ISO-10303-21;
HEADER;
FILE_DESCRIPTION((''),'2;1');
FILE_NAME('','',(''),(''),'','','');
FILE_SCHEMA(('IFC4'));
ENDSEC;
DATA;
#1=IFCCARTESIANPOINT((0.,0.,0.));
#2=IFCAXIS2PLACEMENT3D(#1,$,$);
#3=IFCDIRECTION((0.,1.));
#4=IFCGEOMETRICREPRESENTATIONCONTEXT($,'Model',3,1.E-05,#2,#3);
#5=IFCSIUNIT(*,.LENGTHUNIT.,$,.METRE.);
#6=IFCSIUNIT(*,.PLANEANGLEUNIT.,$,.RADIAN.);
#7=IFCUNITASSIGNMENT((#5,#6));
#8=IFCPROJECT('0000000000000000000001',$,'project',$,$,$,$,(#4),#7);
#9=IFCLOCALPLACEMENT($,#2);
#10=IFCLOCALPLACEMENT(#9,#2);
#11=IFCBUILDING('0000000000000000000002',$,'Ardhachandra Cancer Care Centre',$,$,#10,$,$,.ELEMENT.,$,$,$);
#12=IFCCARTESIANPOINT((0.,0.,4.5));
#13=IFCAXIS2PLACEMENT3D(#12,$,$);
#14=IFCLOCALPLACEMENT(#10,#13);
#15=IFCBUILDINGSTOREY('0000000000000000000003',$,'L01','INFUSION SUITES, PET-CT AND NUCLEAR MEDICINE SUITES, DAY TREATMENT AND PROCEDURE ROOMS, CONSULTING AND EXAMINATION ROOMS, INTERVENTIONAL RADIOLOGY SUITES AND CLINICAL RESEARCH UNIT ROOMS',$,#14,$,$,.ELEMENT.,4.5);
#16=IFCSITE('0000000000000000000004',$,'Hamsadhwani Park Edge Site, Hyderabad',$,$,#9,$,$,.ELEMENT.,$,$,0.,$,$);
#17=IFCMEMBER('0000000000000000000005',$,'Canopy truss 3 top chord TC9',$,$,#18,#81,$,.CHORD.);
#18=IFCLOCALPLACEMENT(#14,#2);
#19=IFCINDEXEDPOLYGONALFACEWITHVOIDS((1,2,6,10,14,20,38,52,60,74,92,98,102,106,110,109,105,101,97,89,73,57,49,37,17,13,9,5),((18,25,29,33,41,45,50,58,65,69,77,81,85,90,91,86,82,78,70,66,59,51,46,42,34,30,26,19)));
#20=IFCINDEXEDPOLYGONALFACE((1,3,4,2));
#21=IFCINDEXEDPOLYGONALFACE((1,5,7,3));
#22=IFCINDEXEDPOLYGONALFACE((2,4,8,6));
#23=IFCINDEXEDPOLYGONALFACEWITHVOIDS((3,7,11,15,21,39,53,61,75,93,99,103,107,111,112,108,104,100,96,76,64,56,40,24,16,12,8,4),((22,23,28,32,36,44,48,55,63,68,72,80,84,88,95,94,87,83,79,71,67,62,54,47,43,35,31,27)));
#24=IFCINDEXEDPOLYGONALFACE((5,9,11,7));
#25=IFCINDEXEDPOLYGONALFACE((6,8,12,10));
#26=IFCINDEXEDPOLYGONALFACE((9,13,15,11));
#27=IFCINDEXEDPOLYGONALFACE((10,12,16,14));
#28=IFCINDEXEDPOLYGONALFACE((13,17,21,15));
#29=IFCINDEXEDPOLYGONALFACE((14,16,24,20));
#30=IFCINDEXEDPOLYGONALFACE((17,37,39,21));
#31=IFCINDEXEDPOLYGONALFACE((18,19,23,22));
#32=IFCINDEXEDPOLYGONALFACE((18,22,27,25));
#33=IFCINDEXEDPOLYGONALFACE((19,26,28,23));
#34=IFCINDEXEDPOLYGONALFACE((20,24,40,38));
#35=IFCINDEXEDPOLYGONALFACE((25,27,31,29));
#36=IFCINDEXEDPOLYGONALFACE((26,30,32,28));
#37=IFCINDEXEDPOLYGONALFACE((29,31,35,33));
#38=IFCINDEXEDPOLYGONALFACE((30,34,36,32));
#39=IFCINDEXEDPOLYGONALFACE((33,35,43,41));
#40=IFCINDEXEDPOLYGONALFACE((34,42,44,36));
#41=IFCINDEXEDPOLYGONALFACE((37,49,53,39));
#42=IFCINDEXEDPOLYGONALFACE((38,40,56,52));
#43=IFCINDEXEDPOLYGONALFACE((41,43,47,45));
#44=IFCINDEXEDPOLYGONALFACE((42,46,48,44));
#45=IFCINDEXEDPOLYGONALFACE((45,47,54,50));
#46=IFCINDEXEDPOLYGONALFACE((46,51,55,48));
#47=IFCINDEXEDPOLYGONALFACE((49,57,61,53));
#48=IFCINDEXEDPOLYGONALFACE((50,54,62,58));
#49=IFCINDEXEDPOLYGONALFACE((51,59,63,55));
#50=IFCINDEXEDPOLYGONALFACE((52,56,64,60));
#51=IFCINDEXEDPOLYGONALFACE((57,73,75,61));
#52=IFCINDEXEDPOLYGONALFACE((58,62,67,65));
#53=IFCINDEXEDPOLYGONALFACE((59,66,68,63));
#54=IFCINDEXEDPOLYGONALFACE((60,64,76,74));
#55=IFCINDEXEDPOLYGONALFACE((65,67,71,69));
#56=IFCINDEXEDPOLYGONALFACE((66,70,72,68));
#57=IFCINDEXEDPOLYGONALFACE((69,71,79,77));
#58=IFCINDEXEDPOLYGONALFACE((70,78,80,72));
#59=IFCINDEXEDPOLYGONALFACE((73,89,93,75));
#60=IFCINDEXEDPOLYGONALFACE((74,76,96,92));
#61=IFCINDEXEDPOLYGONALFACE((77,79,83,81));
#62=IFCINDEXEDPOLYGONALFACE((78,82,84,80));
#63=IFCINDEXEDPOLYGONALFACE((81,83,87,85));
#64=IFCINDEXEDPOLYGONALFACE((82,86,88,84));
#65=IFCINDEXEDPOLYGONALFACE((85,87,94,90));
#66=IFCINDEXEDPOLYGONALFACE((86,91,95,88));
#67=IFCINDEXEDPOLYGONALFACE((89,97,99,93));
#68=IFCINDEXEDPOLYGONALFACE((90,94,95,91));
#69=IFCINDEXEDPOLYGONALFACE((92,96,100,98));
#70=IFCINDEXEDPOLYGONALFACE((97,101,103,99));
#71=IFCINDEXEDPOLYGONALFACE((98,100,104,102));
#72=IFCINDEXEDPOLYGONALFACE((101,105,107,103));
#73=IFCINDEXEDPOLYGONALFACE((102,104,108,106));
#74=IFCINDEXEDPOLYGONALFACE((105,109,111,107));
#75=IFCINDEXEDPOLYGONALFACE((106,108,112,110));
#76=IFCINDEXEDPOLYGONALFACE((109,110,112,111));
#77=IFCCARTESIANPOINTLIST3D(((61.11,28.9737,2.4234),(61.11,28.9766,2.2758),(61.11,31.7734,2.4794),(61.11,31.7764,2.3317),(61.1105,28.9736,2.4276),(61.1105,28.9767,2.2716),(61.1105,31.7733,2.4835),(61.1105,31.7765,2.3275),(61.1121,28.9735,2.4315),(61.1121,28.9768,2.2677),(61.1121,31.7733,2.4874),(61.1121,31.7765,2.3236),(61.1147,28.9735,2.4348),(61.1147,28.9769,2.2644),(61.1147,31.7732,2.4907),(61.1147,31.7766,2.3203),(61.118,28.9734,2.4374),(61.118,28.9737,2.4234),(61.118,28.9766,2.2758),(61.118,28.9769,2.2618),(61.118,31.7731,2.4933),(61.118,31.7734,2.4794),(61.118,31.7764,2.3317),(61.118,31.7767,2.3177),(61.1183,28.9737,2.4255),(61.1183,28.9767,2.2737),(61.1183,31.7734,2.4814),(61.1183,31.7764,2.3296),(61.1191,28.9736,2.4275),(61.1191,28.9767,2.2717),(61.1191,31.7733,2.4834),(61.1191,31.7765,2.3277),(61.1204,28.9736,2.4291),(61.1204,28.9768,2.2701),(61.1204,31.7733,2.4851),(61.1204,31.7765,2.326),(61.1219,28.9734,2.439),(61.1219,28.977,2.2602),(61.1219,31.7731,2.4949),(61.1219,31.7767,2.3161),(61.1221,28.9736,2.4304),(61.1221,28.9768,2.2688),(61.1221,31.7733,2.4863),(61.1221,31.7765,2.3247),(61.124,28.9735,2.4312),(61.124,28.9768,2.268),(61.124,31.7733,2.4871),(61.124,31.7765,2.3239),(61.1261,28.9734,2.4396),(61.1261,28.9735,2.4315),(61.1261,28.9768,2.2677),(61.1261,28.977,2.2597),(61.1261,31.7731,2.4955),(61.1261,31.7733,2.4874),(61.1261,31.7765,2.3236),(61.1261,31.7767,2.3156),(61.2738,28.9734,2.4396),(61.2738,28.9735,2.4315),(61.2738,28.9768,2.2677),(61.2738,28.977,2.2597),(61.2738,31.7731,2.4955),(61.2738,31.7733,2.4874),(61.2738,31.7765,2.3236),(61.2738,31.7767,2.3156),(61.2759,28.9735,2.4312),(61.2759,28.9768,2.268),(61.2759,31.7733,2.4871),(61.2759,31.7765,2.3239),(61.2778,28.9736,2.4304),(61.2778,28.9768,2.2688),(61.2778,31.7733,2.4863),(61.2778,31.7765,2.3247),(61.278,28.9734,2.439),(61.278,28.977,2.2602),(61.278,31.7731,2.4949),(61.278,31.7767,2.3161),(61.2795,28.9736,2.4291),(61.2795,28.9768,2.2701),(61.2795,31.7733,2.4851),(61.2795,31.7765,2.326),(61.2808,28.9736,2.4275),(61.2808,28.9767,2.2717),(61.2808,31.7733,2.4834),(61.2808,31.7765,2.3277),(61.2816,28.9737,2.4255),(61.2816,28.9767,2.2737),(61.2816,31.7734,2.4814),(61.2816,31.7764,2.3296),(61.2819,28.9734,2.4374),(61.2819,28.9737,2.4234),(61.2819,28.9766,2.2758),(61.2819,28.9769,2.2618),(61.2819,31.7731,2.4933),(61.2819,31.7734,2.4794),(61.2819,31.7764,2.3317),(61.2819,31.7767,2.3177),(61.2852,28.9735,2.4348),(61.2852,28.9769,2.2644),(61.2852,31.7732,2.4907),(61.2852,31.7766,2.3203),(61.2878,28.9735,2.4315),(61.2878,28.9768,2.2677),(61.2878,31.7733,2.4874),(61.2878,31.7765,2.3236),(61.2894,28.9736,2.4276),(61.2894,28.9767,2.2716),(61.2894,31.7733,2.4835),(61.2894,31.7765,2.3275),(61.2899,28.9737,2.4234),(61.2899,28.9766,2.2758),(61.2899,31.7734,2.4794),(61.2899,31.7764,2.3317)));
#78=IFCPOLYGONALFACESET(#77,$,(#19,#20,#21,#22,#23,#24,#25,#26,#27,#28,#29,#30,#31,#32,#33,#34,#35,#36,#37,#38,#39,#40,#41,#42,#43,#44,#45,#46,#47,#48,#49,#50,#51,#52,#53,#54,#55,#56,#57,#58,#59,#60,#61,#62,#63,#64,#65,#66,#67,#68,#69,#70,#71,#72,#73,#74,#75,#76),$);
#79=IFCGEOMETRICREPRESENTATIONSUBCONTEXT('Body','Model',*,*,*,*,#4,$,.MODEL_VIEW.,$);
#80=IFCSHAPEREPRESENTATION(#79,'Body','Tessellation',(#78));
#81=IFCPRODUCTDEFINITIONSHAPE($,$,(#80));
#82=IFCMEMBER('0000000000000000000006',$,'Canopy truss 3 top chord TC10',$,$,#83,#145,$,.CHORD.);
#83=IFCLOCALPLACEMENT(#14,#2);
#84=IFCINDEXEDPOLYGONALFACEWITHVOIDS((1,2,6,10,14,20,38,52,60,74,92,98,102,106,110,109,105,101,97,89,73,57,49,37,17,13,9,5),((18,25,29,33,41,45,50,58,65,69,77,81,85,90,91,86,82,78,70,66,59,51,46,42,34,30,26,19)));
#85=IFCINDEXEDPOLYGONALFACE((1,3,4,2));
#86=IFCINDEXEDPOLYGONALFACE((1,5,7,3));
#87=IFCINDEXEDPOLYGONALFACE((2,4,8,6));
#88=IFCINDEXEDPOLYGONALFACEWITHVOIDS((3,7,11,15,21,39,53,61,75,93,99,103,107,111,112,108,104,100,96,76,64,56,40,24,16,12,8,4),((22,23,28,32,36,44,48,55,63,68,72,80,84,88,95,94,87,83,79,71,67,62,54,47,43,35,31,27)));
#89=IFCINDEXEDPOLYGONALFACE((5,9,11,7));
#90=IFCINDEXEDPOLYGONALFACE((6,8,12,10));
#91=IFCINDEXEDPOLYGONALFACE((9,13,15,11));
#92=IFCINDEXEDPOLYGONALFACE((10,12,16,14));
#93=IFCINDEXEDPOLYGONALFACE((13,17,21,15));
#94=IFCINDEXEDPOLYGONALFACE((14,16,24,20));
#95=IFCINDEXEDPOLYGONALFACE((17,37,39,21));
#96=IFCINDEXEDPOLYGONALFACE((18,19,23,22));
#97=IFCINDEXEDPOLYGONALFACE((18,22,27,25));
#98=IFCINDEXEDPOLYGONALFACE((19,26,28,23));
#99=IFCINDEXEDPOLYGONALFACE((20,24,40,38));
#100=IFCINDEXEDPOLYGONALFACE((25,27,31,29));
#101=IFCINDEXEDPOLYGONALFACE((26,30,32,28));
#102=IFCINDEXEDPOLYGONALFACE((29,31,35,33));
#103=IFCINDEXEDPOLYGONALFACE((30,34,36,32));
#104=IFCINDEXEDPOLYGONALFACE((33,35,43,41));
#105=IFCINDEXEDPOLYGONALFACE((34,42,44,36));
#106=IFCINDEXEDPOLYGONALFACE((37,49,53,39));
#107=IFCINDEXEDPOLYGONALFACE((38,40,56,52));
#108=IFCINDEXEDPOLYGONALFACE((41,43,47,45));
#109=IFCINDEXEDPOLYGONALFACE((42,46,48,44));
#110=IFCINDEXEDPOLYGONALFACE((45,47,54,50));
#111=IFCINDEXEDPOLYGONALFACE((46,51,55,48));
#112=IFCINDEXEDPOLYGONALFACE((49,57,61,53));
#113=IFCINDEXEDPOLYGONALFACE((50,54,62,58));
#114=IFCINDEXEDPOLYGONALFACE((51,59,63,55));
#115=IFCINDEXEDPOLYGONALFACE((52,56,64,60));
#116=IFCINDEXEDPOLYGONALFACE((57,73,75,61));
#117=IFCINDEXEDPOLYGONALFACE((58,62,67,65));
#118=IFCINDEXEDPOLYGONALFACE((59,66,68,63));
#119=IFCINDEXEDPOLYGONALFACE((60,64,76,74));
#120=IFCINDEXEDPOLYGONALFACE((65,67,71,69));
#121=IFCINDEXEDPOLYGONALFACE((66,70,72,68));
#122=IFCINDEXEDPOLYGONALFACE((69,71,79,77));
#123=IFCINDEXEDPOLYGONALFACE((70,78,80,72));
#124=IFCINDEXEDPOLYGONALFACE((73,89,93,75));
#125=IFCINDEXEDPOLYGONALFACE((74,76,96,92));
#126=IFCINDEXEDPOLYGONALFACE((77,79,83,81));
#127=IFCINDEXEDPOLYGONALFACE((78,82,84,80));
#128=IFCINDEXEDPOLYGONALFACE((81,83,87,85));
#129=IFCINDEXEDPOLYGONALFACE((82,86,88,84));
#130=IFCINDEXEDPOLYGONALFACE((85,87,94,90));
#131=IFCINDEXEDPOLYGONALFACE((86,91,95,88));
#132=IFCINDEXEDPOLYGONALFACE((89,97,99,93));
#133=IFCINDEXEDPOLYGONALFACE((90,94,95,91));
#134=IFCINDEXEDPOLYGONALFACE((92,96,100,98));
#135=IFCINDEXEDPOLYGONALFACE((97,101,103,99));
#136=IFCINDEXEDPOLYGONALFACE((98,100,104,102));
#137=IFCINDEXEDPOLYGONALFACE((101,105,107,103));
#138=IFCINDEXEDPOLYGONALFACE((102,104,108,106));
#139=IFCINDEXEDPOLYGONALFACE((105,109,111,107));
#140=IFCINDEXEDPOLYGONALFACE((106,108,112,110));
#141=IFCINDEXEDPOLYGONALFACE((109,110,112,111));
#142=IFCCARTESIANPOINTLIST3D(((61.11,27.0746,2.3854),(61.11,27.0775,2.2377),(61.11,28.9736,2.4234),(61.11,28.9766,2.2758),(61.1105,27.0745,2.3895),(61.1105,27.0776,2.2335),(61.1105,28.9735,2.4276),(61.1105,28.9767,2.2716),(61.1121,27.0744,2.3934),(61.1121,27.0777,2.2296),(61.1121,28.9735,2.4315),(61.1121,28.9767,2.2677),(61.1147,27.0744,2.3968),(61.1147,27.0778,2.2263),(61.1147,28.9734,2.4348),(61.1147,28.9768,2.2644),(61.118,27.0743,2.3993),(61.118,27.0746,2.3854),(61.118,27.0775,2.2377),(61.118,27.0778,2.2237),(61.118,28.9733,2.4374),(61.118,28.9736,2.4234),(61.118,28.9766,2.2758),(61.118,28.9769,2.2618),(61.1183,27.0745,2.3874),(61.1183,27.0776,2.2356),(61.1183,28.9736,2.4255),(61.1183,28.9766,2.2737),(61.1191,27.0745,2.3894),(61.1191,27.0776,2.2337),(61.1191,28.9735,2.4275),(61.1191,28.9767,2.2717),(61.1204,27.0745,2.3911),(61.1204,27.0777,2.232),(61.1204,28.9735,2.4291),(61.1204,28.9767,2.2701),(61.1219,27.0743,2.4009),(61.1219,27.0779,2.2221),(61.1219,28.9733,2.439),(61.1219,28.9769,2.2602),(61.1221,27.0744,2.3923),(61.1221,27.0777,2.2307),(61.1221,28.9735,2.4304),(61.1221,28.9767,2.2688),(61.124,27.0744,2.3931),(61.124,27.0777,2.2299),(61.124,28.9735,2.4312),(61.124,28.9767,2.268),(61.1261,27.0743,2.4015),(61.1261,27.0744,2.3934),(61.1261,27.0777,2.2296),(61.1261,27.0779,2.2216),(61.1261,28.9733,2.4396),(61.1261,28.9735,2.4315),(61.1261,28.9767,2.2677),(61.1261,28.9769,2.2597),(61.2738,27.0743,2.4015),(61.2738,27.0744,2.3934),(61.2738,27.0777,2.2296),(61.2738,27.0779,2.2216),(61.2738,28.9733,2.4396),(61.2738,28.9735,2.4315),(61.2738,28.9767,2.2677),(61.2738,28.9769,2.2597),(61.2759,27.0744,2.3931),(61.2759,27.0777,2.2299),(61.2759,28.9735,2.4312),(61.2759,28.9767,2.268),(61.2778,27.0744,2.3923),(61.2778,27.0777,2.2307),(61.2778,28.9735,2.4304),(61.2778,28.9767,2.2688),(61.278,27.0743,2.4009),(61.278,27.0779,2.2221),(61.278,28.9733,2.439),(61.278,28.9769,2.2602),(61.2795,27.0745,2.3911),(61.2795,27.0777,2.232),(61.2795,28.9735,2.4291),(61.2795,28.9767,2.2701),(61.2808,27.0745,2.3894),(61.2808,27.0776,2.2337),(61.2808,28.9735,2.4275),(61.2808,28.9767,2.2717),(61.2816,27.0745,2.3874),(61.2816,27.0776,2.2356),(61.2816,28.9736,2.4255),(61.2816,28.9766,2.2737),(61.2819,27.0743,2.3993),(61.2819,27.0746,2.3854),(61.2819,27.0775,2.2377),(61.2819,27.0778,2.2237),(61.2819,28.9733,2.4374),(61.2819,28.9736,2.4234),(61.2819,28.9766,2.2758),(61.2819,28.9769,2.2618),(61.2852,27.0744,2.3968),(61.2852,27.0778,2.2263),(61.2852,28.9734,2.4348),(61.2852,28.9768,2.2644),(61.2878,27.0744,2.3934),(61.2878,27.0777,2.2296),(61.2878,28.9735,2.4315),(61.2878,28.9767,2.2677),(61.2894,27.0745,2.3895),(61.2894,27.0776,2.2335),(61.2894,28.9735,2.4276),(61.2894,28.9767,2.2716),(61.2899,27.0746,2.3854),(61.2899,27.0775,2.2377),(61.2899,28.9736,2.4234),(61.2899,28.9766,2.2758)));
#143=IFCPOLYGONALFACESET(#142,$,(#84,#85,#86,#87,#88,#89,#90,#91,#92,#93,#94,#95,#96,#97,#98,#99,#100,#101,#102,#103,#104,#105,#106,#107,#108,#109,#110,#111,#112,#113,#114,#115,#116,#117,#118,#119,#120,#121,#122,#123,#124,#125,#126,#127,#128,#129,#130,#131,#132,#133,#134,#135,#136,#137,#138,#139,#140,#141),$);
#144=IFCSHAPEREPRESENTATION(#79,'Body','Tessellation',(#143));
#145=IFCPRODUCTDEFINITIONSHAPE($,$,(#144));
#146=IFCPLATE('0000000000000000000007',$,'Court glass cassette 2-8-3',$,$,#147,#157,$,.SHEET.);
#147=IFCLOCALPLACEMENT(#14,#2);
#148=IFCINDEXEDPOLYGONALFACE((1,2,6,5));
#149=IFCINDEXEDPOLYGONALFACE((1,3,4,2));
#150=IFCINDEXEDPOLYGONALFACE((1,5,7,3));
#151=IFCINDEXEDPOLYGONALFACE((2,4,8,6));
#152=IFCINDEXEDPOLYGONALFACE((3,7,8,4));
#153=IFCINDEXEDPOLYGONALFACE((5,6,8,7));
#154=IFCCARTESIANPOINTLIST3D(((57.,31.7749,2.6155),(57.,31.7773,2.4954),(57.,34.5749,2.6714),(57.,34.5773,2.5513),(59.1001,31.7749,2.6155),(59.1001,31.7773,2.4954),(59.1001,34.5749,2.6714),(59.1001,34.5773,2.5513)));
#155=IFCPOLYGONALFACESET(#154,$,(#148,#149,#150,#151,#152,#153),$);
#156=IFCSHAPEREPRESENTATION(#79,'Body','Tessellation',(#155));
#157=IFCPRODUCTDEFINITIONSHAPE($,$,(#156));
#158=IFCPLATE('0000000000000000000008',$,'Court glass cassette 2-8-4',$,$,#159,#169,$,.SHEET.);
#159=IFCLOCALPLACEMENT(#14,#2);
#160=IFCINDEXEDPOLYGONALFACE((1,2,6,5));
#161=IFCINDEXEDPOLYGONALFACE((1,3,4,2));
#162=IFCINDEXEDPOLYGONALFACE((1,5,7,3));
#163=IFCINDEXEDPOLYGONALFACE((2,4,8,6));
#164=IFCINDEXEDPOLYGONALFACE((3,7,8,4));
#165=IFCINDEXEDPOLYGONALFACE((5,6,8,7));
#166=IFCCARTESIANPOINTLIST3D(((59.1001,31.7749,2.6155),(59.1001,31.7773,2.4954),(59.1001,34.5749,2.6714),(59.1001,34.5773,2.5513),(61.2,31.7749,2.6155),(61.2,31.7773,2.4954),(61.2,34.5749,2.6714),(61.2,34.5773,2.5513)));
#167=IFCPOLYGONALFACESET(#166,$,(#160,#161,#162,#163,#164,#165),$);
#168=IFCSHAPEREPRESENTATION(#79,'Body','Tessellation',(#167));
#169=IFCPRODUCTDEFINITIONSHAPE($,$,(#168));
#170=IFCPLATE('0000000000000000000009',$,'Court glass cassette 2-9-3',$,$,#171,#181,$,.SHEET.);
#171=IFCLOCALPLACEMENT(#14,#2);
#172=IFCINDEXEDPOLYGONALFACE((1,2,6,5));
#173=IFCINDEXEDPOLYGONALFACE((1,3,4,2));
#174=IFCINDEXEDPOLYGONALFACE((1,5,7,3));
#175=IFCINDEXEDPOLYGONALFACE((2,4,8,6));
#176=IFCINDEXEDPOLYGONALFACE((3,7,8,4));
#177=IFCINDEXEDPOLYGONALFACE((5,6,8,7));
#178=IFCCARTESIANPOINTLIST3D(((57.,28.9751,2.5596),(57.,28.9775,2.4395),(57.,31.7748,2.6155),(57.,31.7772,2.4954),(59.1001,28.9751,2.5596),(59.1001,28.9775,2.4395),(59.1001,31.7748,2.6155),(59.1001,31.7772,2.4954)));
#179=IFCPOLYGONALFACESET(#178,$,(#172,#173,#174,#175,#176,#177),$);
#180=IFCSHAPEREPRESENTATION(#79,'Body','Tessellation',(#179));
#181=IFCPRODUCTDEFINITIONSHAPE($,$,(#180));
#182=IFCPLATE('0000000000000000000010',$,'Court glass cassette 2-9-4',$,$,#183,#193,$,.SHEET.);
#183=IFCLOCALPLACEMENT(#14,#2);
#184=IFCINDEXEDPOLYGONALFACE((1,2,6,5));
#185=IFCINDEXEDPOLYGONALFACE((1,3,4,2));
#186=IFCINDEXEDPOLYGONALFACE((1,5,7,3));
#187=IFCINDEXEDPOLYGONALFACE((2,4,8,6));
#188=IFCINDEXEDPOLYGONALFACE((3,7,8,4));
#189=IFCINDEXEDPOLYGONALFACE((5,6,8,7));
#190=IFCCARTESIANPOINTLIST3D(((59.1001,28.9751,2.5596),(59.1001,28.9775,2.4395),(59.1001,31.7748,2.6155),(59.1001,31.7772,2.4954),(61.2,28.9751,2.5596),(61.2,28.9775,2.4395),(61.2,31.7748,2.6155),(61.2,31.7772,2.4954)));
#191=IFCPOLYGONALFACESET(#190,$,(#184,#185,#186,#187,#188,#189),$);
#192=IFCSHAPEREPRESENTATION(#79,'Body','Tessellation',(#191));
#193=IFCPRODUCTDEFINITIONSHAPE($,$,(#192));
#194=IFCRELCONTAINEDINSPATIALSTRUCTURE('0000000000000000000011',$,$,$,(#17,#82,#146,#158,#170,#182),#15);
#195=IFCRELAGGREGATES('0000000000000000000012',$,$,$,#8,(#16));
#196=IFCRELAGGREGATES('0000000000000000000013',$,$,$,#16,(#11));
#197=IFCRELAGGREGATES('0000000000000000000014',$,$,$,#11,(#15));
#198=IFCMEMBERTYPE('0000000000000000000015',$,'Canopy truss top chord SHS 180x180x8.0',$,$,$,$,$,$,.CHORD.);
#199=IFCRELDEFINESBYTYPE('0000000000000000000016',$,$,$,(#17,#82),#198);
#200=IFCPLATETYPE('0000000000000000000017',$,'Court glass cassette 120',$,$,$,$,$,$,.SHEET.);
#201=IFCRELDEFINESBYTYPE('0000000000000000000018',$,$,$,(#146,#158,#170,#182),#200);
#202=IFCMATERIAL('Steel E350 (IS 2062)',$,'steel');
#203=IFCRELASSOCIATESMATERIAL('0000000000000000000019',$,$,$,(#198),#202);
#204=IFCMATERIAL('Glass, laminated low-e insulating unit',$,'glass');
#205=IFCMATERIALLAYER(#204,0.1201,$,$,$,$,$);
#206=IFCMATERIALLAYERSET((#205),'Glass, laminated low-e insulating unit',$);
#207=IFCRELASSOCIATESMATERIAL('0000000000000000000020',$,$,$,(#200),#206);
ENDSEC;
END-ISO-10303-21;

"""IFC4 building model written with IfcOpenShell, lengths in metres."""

from ifc_helpers import new_model, si_unit, direction, frame, origin, origin_2d, place, context, subcontext, project, spatial, polyline, hollow_rectangle, outline, extrude, material, layer, layer_set, material_profile, profile_set, type_object, element, save


model = new_model("IFC4")

# Units and contexts
model_context = context("Model", 3, precision=1e-05, world=origin(), true_north=direction((0.0, 1.0)))
body_context = subcontext(model_context, "Body", "Model", "MODEL_VIEW")
ifc_project = project(units=[si_unit("LENGTHUNIT", "METRE"), si_unit("PLANEANGLEUNIT", "RADIAN")], contexts=[model_context])

# Site, building, storey
site_placement = place(None, origin())
site = spatial("IfcSite", under=ifc_project, at=site_placement, Name="Hamsadhwani Park Edge Site, Hyderabad", CompositionType="ELEMENT", RefElevation=0.0)
building_placement = place(site_placement, origin())
building = spatial("IfcBuilding", under=site, at=building_placement, Name="Ardhachandra Cancer Care Centre", CompositionType="ELEMENT")
storey_placement = place(building_placement, frame((0.0, 0.0, 4.5)))
storey = spatial("IfcBuildingStorey", under=building, at=storey_placement, Name="L01", Description="INFUSION SUITES, PET-CT AND NUCLEAR MEDICINE SUITES, DAY TREATMENT AND PROCEDURE ROOMS, CONSULTING AND EXAMINATION ROOMS, INTERVENTIONAL RADIOLOGY SUITES AND CLINICAL RESEARCH UNIT ROOMS", CompositionType="ELEMENT", Elevation=4.5)

# Members
ifc_material_1 = material(Name="Steel E350 (IS 2062)", Category="steel")
ifc_material_profile_1 = material_profile(ifc_material_1, hollow_rectangle(XDim=0.1799, YDim=0.1799, WallThickness=0.0081, InnerFilletRadius=0.0081, OuterFilletRadius=0.0161, at=origin_2d()), Name="SHS 180x180x8.0")
ifc_profile_set_1 = profile_set([ifc_material_profile_1], Name="Steel E350 (IS 2062)")
member_type_1 = type_object("IfcMemberType", Name="Canopy truss top chord SHS 180x180x8.0", PredefinedType="CHORD", material=ifc_profile_set_1)
member_1_placement = place(storey_placement, frame((61.2, 31.7749, 2.4055), z_axis=(0.0, -0.999801, -0.019965), x_axis=(1.0, 0.0, 0.0)))
element("IfcMember", 1, at=member_1_placement, inside=storey, type_object=member_type_1, Name="Canopy truss 3 top chord TC9", PredefinedType="CHORD", context=body_context, shape_type="SweptSolid", body=[
    extrude(hollow_rectangle(XDim=0.1799, YDim=0.1799, WallThickness=0.0081, InnerFilletRadius=0.0081, OuterFilletRadius=0.0161, at=origin_2d()), origin(), (0.0, 0.0, 1.0), 2.8003),
])
member_2_placement = place(storey_placement, frame((61.2, 28.9751, 2.3496), z_axis=(0.0, -0.999799, -0.020053), x_axis=(1.0, 0.0, 0.0)))
element("IfcMember", 2, at=member_2_placement, inside=storey, type_object=member_type_1, Name="Canopy truss 3 top chord TC10", PredefinedType="CHORD", context=body_context, shape_type="SweptSolid", body=[
    extrude(hollow_rectangle(XDim=0.1799, YDim=0.1799, WallThickness=0.0081, InnerFilletRadius=0.0081, OuterFilletRadius=0.0161, at=origin_2d()), origin(), (0.0, 0.0, 1.0), 1.8994),
])

# Plates
ifc_material_2 = material(Name="Glass, laminated low-e insulating unit", Category="glass")
ifc_layer = layer(ifc_material_2, 0.1201)
ifc_layer_set = layer_set([ifc_layer], Name="Glass, laminated low-e insulating unit")
plate_type = type_object("IfcPlateType", Name="Court glass cassette 120", PredefinedType="SHEET", material=ifc_layer_set)
plate_1_placement = place(storey_placement, frame((57.0, 31.7749, 2.6155), z_axis=(0.0, -0.019963, 0.999801), x_axis=(0.0, 0.999801, 0.019963)))
element("IfcPlate", 3, at=plate_1_placement, inside=storey, type_object=plate_type, Name="Court glass cassette 2-8-3", PredefinedType="SHEET", context=body_context, shape_type="SweptSolid", body=[
    extrude(outline(polyline([(0.0, -2.1001), (2.8005, -2.1001), (2.8005, 0.0), (0.0, 0.0), (0.0, -2.1001)])), frame((0.0, 0.0, -0.1201)), (0.0, 0.0, 1.0), 0.1201),
])
plate_2_placement = place(storey_placement, frame((59.1001, 31.7749, 2.6155), z_axis=(0.0, -0.019963, 0.999801), x_axis=(0.0, 0.999801, 0.019963)))
element("IfcPlate", 4, at=plate_2_placement, inside=storey, type_object=plate_type, Name="Court glass cassette 2-8-4", PredefinedType="SHEET", context=body_context, shape_type="SweptSolid", body=[
    extrude(outline(polyline([(0.0, -2.0999), (2.8005, -2.0999), (2.8005, 0.0), (0.0, 0.0), (0.0, -2.0999)])), frame((0.0, 0.0, -0.1201)), (0.0, 0.0, 1.0), 0.1201),
])
plate_3_placement = place(storey_placement, frame((57.0, 28.9751, 2.5596), z_axis=(0.0, -0.019965, 0.999801), x_axis=(0.0, 0.999801, 0.019965)))
element("IfcPlate", 5, at=plate_3_placement, inside=storey, type_object=plate_type, Name="Court glass cassette 2-9-3", PredefinedType="SHEET", context=body_context, shape_type="SweptSolid", body=[
    extrude(outline(polyline([(0.0, -2.1001), (2.8003, -2.1001), (2.8003, 0.0), (0.0, 0.0), (0.0, -2.1001)])), frame((0.0, 0.0, -0.1201)), (0.0, 0.0, 1.0), 0.1201),
])
plate_4_placement = place(storey_placement, frame((59.1001, 28.9751, 2.5596), z_axis=(0.0, -0.019965, 0.999801), x_axis=(0.0, 0.999801, 0.019965)))
element("IfcPlate", 6, at=plate_4_placement, inside=storey, type_object=plate_type, Name="Court glass cassette 2-9-4", PredefinedType="SHEET", context=body_context, shape_type="SweptSolid", body=[
    extrude(outline(polyline([(0.0, -2.0999), (2.8003, -2.0999), (2.8003, 0.0), (0.0, 0.0), (0.0, -2.0999)])), frame((0.0, 0.0, -0.1201)), (0.0, 0.0, 1.0), 0.1201),
])

save(model, "model.ifc")
